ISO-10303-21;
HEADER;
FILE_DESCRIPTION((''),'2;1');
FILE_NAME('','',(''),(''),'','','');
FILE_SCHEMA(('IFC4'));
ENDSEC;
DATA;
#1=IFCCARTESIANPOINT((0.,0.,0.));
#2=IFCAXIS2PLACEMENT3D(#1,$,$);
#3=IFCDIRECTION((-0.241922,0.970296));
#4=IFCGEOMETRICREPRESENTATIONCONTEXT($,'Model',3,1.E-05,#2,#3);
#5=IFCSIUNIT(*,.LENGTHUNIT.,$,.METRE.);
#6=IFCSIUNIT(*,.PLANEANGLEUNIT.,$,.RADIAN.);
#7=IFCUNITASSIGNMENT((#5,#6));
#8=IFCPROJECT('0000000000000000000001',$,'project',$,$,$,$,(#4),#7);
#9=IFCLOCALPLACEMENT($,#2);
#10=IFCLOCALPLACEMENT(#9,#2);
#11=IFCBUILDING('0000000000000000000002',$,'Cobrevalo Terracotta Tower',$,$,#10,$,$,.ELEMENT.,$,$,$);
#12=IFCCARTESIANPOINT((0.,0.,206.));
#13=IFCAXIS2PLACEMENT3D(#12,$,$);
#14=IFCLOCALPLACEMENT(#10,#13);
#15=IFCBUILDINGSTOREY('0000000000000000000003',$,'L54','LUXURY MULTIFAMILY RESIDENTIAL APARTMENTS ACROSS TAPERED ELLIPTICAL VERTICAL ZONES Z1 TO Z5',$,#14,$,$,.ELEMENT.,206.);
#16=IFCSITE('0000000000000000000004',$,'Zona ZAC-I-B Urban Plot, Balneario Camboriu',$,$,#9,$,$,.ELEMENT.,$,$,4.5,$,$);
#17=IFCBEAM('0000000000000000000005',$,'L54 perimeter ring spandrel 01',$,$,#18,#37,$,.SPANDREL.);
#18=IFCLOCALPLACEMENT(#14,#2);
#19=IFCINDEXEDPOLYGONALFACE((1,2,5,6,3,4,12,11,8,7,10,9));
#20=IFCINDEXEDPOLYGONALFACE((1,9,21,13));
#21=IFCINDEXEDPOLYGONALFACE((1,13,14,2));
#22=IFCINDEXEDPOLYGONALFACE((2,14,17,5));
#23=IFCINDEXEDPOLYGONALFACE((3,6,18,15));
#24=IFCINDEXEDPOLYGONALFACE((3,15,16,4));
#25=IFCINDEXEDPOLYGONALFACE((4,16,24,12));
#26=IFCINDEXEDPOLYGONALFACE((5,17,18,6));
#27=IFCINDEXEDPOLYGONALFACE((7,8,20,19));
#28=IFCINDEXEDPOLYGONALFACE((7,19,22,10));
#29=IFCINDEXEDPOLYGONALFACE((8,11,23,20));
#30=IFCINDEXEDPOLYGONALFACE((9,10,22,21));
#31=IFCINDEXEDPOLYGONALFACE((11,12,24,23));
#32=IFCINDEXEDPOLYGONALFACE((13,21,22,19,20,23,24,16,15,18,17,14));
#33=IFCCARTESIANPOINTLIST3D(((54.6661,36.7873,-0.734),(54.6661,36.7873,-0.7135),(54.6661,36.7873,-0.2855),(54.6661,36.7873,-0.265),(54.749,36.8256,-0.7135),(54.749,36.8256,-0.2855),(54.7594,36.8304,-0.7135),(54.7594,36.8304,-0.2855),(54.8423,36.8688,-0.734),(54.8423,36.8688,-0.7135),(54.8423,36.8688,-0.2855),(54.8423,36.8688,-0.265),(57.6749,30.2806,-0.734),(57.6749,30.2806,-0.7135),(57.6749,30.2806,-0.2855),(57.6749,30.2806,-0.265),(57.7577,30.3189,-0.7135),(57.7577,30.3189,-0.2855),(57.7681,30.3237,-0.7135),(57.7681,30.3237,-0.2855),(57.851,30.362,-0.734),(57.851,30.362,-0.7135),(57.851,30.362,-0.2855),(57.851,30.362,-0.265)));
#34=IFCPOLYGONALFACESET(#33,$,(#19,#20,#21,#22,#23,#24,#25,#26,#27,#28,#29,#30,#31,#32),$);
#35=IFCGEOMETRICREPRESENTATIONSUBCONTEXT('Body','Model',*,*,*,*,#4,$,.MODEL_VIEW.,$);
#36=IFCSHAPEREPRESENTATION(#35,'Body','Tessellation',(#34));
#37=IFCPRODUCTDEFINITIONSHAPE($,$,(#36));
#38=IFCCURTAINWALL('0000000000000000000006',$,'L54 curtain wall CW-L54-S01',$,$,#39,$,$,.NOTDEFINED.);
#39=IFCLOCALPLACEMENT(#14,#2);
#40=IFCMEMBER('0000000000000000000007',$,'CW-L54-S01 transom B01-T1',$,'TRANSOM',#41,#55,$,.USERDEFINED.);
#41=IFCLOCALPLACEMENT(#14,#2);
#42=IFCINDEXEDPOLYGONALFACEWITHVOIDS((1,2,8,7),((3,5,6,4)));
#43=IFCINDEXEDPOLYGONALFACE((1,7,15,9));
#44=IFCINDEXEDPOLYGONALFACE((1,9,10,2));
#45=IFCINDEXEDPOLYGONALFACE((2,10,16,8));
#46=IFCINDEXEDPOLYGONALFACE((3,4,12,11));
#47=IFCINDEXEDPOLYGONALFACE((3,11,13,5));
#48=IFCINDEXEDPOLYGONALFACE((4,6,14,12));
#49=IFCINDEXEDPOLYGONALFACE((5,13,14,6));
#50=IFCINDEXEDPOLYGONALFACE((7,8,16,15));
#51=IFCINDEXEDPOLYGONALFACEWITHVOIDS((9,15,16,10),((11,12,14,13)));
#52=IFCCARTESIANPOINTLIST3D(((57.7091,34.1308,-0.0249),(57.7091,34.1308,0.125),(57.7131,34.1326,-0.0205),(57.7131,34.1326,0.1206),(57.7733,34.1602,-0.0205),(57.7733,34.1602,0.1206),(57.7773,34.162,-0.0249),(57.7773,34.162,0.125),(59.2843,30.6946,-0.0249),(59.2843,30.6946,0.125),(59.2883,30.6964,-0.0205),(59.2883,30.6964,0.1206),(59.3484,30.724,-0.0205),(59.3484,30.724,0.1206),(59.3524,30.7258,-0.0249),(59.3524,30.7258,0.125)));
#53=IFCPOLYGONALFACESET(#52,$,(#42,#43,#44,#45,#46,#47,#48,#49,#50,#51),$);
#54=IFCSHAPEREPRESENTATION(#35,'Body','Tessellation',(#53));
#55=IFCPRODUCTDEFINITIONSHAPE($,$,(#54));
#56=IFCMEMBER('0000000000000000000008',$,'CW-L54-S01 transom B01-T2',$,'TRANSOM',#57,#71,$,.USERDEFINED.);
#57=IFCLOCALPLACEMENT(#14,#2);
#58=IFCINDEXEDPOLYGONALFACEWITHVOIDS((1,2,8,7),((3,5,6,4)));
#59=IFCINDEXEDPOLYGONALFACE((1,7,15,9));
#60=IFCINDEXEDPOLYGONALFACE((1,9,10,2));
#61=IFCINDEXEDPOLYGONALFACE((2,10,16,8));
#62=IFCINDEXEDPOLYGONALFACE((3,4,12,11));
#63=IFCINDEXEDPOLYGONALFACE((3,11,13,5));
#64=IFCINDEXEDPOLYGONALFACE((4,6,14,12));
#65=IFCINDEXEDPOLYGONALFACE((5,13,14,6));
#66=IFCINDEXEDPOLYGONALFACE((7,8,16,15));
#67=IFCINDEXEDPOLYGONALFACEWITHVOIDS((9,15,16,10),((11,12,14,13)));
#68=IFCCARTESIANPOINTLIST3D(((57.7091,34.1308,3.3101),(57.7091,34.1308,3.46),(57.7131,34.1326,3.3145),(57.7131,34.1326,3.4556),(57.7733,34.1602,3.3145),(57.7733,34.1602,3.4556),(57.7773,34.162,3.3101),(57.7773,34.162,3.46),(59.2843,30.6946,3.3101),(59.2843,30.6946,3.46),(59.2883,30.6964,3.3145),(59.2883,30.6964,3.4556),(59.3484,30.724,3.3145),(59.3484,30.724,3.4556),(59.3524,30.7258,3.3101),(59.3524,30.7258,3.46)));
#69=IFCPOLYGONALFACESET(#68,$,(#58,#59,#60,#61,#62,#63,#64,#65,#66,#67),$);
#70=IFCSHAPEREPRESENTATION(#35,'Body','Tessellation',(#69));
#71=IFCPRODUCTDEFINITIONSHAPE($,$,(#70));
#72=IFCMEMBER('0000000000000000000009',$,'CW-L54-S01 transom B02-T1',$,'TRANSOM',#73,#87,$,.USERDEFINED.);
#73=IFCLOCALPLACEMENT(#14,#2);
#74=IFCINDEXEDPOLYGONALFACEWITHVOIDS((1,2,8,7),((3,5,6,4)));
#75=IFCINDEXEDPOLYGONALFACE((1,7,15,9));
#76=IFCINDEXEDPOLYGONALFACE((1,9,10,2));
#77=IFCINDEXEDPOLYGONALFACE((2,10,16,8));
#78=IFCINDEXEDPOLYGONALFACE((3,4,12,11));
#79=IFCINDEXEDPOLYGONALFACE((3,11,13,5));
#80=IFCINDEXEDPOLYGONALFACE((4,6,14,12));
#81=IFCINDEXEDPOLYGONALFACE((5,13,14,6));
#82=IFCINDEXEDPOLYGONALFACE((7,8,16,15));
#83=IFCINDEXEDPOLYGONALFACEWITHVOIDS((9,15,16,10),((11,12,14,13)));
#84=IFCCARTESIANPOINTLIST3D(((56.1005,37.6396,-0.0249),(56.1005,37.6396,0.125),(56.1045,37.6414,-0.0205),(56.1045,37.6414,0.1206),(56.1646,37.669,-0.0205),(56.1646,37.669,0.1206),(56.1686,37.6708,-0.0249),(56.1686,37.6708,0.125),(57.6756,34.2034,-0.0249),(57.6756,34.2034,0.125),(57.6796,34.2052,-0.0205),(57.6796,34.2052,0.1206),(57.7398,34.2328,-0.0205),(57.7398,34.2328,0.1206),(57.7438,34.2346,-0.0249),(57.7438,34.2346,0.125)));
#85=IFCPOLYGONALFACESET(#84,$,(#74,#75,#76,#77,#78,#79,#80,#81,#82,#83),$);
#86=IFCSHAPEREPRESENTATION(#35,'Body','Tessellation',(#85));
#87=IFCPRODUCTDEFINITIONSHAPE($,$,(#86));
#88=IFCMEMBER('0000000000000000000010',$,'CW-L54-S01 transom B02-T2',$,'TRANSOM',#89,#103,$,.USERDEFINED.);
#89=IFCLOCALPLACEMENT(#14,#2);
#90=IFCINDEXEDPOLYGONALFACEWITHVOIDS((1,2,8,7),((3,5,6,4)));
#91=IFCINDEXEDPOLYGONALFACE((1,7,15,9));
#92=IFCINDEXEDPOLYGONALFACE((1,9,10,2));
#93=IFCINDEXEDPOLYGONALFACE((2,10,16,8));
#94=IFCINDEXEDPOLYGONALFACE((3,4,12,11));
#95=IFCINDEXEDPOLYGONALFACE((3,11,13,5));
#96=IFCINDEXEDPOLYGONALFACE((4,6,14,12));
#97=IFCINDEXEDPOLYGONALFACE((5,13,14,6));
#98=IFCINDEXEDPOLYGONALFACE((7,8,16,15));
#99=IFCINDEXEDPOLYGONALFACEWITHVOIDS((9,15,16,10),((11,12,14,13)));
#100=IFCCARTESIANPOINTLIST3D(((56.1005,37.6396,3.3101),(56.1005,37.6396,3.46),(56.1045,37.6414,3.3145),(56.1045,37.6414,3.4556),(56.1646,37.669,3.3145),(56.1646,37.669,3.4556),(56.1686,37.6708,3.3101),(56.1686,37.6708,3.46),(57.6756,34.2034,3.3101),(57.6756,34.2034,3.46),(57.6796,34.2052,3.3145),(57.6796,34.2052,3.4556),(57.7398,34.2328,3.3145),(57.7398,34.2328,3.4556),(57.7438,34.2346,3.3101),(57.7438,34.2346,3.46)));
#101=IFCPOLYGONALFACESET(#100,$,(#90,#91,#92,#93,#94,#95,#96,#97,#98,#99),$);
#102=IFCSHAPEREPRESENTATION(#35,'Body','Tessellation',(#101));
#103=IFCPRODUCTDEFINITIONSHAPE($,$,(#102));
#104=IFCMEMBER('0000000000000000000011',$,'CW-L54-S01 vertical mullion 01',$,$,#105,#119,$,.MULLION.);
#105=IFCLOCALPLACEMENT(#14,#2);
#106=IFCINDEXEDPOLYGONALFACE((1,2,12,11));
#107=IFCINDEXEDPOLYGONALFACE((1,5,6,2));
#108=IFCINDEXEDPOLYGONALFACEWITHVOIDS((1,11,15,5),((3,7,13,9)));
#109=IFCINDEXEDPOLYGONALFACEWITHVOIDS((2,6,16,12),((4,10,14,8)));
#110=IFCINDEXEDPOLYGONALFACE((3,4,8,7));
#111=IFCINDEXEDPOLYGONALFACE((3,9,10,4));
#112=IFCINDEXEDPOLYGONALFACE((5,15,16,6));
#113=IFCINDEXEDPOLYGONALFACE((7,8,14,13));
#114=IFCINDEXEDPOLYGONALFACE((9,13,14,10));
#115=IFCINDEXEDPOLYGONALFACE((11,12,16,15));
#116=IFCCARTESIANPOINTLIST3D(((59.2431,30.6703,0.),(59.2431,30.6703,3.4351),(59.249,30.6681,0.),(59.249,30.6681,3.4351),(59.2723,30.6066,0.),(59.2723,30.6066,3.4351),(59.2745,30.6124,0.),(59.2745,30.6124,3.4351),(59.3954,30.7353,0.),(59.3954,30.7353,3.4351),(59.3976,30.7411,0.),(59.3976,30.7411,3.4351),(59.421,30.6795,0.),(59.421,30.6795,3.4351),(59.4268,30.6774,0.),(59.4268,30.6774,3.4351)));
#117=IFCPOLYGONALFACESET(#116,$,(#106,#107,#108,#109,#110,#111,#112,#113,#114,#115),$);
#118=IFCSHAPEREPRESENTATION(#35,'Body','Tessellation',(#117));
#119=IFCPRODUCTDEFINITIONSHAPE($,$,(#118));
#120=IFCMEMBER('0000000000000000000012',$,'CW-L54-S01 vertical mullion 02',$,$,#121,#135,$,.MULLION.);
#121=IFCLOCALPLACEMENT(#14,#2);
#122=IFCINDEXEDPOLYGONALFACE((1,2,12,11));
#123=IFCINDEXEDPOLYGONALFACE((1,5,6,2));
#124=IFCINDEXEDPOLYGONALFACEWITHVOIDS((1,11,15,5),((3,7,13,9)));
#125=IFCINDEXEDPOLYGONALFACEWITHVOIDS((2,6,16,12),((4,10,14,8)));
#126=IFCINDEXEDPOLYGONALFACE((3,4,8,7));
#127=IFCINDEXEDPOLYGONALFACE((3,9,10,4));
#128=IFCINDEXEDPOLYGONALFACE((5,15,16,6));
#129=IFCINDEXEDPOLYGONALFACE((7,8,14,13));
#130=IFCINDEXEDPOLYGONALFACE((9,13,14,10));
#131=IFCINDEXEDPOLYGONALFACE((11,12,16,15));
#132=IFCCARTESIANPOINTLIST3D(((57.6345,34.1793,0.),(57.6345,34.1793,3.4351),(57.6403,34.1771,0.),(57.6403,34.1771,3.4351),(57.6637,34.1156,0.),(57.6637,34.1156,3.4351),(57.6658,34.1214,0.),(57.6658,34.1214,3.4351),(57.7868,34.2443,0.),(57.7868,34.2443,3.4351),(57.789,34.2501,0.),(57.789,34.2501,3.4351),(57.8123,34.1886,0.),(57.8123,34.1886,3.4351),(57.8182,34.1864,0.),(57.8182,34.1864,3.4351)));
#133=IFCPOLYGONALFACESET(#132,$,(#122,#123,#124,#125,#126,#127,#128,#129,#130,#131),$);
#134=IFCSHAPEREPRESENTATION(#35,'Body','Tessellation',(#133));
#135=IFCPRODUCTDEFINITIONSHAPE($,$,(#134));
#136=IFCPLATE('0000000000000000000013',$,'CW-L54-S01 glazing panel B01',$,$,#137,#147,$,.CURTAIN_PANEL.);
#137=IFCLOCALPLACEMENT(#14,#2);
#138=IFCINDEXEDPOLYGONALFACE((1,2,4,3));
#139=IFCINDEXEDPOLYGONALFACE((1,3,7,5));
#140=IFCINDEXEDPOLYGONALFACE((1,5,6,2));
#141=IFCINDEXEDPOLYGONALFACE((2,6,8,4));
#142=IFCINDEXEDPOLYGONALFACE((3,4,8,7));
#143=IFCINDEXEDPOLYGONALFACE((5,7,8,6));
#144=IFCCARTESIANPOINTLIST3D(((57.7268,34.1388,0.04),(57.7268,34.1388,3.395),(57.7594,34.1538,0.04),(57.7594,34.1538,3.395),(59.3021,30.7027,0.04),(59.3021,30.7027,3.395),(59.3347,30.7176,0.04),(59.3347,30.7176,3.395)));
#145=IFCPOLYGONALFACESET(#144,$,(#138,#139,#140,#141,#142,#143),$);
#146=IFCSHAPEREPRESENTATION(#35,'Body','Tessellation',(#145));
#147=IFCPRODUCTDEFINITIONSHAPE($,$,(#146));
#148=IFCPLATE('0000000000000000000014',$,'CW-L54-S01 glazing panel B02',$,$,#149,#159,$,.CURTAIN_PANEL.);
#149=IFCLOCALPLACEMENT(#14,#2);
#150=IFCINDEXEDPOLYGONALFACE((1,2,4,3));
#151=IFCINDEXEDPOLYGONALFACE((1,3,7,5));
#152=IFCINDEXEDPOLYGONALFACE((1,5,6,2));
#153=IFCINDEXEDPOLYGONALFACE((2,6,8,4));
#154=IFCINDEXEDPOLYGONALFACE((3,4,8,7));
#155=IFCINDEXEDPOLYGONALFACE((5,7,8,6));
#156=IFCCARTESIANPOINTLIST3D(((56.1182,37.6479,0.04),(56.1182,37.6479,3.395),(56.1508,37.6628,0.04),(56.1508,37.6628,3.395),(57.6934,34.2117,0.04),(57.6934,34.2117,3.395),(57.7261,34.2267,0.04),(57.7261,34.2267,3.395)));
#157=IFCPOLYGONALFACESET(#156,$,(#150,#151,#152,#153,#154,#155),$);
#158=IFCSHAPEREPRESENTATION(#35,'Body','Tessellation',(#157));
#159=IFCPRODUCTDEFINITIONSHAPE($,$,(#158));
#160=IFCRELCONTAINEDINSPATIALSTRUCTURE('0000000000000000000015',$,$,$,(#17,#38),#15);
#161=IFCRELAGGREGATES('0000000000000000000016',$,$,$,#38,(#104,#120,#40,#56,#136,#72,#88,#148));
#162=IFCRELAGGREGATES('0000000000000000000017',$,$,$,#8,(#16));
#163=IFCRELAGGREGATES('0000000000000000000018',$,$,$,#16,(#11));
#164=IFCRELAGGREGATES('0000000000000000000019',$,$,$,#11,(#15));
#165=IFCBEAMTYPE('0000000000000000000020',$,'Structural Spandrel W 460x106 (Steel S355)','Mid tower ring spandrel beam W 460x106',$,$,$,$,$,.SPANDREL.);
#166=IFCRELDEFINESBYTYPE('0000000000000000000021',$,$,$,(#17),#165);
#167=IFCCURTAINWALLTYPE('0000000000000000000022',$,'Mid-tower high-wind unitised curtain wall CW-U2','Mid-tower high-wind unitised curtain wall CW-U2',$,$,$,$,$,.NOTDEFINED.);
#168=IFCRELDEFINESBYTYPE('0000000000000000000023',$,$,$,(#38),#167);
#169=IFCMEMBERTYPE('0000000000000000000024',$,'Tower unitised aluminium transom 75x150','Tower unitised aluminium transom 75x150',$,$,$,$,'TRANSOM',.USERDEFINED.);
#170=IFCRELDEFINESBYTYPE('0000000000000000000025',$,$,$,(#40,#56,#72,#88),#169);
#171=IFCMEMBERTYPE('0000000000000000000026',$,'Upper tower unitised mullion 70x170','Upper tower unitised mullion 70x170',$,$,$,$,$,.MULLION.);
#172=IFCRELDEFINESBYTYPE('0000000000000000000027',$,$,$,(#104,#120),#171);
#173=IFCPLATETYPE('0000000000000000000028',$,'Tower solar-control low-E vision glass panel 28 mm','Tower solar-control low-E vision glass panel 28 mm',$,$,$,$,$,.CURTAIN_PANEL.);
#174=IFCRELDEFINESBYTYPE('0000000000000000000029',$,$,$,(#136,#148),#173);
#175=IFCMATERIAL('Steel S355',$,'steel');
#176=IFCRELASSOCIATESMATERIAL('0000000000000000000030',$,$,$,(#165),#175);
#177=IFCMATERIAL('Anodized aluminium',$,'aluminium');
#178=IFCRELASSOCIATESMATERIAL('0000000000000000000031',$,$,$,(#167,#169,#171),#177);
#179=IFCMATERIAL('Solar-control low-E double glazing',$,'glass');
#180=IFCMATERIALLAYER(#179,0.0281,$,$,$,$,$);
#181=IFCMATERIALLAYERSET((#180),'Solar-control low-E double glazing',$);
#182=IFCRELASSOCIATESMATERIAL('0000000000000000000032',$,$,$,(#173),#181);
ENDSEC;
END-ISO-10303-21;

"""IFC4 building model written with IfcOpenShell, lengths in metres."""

from ifc_helpers import new_model, si_unit, direction, frame, origin, origin_2d, place, context, subcontext, project, spatial, rectangle, hollow_rectangle, i_section, extrude, source, transform, mapped, material, layer, layer_set, material_profile, profile_set, type_object, element, aggregate, save


model = new_model("IFC4")

# Units and contexts
model_context = context("Model", 3, precision=1e-05, world=origin(), true_north=direction((-0.241922, 0.970296)))
body_context = subcontext(model_context, "Body", "Model", "MODEL_VIEW")
ifc_project = project(units=[si_unit("LENGTHUNIT", "METRE"), si_unit("PLANEANGLEUNIT", "RADIAN")], contexts=[model_context])

# Site, building, storey
site_placement = place(None, origin())
site = spatial("IfcSite", under=ifc_project, at=site_placement, Name="Zona ZAC-I-B Urban Plot, Balneario Camboriu", CompositionType="ELEMENT", RefElevation=4.5)
building_placement = place(site_placement, origin())
building = spatial("IfcBuilding", under=site, at=building_placement, Name="Cobrevalo Terracotta Tower", CompositionType="ELEMENT")
storey_placement = place(building_placement, frame((0.0, 0.0, 206.0)))
storey = spatial("IfcBuildingStorey", under=building, at=storey_placement, Name="L54", Description="LUXURY MULTIFAMILY RESIDENTIAL APARTMENTS ACROSS TAPERED ELLIPTICAL VERTICAL ZONES Z1 TO Z5", CompositionType="ELEMENT", Elevation=206.0)

# Shared definitions
ifc_material_1 = material(Name="Steel S355", Category="steel")

# Beam
ifc_material_profile_1 = material_profile(ifc_material_1, i_section(OverallWidth=0.1941, OverallDepth=0.469, WebThickness=0.0115, FlangeThickness=0.0205, at=origin_2d()), Name="W 460x106")
ifc_profile_set_1 = profile_set([ifc_material_profile_1], Name="Steel S355")
beam_type_1 = type_object("IfcBeamType", Name="Structural Spandrel W 460x106 (Steel S355)", Description="Mid tower ring spandrel beam W 460x106", PredefinedType="SPANDREL", material=ifc_profile_set_1)
beam_1_placement = place(storey_placement, frame((57.7629, 30.3213, -0.4995), z_axis=(-0.419706, 0.90766, 0.0), x_axis=(-0.90766, -0.419706, 0.0)))
element("IfcBeam", 1, at=beam_1_placement, inside=storey, type_object=beam_type_1, Name="L54 perimeter ring spandrel 01", PredefinedType="SPANDREL", context=body_context, shape_type="SweptSolid", body=[
    extrude(i_section(OverallWidth=0.1941, OverallDepth=0.469, WebThickness=0.0115, FlangeThickness=0.0205, at=origin_2d()), origin(), (0.0, 0.0, 1.0), 7.1687),
])

# Curtain wall, members, plates
ifc_material_2 = material(Name="Anodized aluminium", Category="aluminium")
curtain_wall_type = type_object("IfcCurtainWallType", Name="Mid-tower high-wind unitised curtain wall CW-U2", Description="Mid-tower high-wind unitised curtain wall CW-U2", PredefinedType="NOTDEFINED", material=ifc_material_2)
curtain_wall_placement = place(storey_placement, origin())
curtain_wall = element("IfcCurtainWall", 2, at=curtain_wall_placement, inside=storey, type_object=curtain_wall_type, Name="L54 curtain wall CW-L54-S01", PredefinedType="NOTDEFINED")
ifc_material_profile_2 = material_profile(ifc_material_2, hollow_rectangle(XDim=0.075, YDim=0.1499, WallThickness=0.0044, at=origin_2d()), Name="CWT 75x150")
ifc_profile_set_2 = profile_set([ifc_material_profile_2], Name="Anodized aluminium")
member_type_1 = type_object("IfcMemberType", Name="Tower unitised aluminium transom 75x150", Description="Tower unitised aluminium transom 75x150", ElementType="TRANSOM", PredefinedType="USERDEFINED", material=ifc_profile_set_2)
shared_shape_1 = source(origin(), body_context, "Body", "SweptSolid", [
    extrude(hollow_rectangle(XDim=0.075, YDim=0.1499, WallThickness=0.0044, at=origin_2d()), origin(), (0.0, 0.0, 1.0), 3.78),
])
member_1_placement = place(storey_placement, frame((59.3184, 30.7102, 0.05), z_axis=(-0.416706, 0.909041, 0.0), x_axis=(-0.909041, -0.416706, 0.0)))
member_1 = element("IfcMember", 3, at=member_1_placement, type_object=member_type_1, Name="CW-L54-S01 transom B01-T1", ObjectType="TRANSOM", PredefinedType="USERDEFINED", context=body_context, shape_type="MappedRepresentation", body=[
    mapped(shared_shape_1, transform((0.0, 0.0, 0.0), scale=1.0)),
])
member_2_placement = place(storey_placement, frame((59.3184, 30.7102, 3.385), z_axis=(-0.416706, 0.909041, 0.0), x_axis=(-0.909041, -0.416706, 0.0)))
member_2 = element("IfcMember", 4, at=member_2_placement, type_object=member_type_1, Name="CW-L54-S01 transom B01-T2", ObjectType="TRANSOM", PredefinedType="USERDEFINED", context=body_context, shape_type="MappedRepresentation", body=[
    mapped(shared_shape_1, transform((0.0, 0.0, 0.0), scale=1.0)),
])
member_3_placement = place(storey_placement, frame((57.7097, 34.219, 0.05), z_axis=(-0.416706, 0.909041, 0.0), x_axis=(-0.909041, -0.416706, 0.0)))
member_3 = element("IfcMember", 5, at=member_3_placement, type_object=member_type_1, Name="CW-L54-S01 transom B02-T1", ObjectType="TRANSOM", PredefinedType="USERDEFINED", context=body_context, shape_type="MappedRepresentation", body=[
    mapped(shared_shape_1, transform((0.0, 0.0, 0.0), scale=1.0)),
])
member_4_placement = place(storey_placement, frame((57.7097, 34.219, 3.385), z_axis=(-0.416706, 0.909041, 0.0), x_axis=(-0.909041, -0.416706, 0.0)))
member_4 = element("IfcMember", 6, at=member_4_placement, type_object=member_type_1, Name="CW-L54-S01 transom B02-T2", ObjectType="TRANSOM", PredefinedType="USERDEFINED", context=body_context, shape_type="MappedRepresentation", body=[
    mapped(shared_shape_1, transform((0.0, 0.0, 0.0), scale=1.0)),
])
ifc_material_profile_3 = material_profile(ifc_material_2, hollow_rectangle(XDim=0.0701, YDim=0.1699, WallThickness=0.0044, at=origin_2d()), Name="CWM 70x170")
ifc_profile_set_3 = profile_set([ifc_material_profile_3], Name="Anodized aluminium")
member_type_2 = type_object("IfcMemberType", Name="Upper tower unitised mullion 70x170", Description="Upper tower unitised mullion 70x170", PredefinedType="MULLION", material=ifc_profile_set_3)
shared_shape_2 = source(origin(), body_context, "Body", "SweptSolid", [
    extrude(hollow_rectangle(XDim=0.0701, YDim=0.1699, WallThickness=0.0044, at=origin_2d()), origin(), (0.0, 0.0, 1.0), 3.4351),
])
member_5_placement = place(storey_placement, frame((59.335, 30.6738, 0.0), z_axis=(0.0, 0.0, 1.0), x_axis=(-0.416725, 0.909033, 0.0)))
member_5 = element("IfcMember", 7, at=member_5_placement, type_object=member_type_2, Name="CW-L54-S01 vertical mullion 01", PredefinedType="MULLION", context=body_context, shape_type="MappedRepresentation", body=[
    mapped(shared_shape_2, transform((0.0, 0.0, 0.0), scale=1.0)),
])
member_6_placement = place(storey_placement, frame((57.7263, 34.1829, 0.0), z_axis=(0.0, 0.0, 1.0), x_axis=(-0.416725, 0.909033, 0.0)))
member_6 = element("IfcMember", 8, at=member_6_placement, type_object=member_type_2, Name="CW-L54-S01 vertical mullion 02", PredefinedType="MULLION", context=body_context, shape_type="MappedRepresentation", body=[
    mapped(shared_shape_2, transform((0.0, 0.0, 0.0), scale=1.0)),
])
ifc_material_3 = material(Name="Solar-control low-E double glazing", Category="glass")
ifc_layer_1 = layer(ifc_material_3, 0.0281)
ifc_layer_set_1 = layer_set([ifc_layer_1], Name="Solar-control low-E double glazing")
plate_type = type_object("IfcPlateType", Name="Tower solar-control low-E vision glass panel 28 mm", Description="Tower solar-control low-E vision glass panel 28 mm", PredefinedType="CURTAIN_PANEL", material=ifc_layer_set_1)
shared_shape_3 = source(origin(), body_context, "Body", "SweptSolid", [
    extrude(rectangle(XDim=3.78, YDim=0.0359, at=origin_2d()), origin(), (0.0, 0.0, 1.0), 3.355),
])
plate_1_placement = place(storey_placement, frame((58.5308, 32.4282, 0.04), z_axis=(0.0, 0.0, 1.0), x_axis=(-0.416731, 0.90903, 0.0)))
plate_1 = element("IfcPlate", 9, at=plate_1_placement, type_object=plate_type, Name="CW-L54-S01 glazing panel B01", PredefinedType="CURTAIN_PANEL", context=body_context, shape_type="MappedRepresentation", body=[
    mapped(shared_shape_3, transform((0.0, 0.0, 0.0), scale=1.0)),
])
plate_2_placement = place(storey_placement, frame((56.9221, 35.9373, 0.04), z_axis=(0.0, 0.0, 1.0), x_axis=(-0.416731, 0.90903, 0.0)))
plate_2 = element("IfcPlate", 10, at=plate_2_placement, type_object=plate_type, Name="CW-L54-S01 glazing panel B02", PredefinedType="CURTAIN_PANEL", context=body_context, shape_type="MappedRepresentation", body=[
    mapped(shared_shape_3, transform((0.0, 0.0, 0.0), scale=1.0)),
])
aggregate(curtain_wall, [member_5, member_6, member_1, member_2, plate_1, member_3, member_4, plate_2])

save(model, "model.ifc")
